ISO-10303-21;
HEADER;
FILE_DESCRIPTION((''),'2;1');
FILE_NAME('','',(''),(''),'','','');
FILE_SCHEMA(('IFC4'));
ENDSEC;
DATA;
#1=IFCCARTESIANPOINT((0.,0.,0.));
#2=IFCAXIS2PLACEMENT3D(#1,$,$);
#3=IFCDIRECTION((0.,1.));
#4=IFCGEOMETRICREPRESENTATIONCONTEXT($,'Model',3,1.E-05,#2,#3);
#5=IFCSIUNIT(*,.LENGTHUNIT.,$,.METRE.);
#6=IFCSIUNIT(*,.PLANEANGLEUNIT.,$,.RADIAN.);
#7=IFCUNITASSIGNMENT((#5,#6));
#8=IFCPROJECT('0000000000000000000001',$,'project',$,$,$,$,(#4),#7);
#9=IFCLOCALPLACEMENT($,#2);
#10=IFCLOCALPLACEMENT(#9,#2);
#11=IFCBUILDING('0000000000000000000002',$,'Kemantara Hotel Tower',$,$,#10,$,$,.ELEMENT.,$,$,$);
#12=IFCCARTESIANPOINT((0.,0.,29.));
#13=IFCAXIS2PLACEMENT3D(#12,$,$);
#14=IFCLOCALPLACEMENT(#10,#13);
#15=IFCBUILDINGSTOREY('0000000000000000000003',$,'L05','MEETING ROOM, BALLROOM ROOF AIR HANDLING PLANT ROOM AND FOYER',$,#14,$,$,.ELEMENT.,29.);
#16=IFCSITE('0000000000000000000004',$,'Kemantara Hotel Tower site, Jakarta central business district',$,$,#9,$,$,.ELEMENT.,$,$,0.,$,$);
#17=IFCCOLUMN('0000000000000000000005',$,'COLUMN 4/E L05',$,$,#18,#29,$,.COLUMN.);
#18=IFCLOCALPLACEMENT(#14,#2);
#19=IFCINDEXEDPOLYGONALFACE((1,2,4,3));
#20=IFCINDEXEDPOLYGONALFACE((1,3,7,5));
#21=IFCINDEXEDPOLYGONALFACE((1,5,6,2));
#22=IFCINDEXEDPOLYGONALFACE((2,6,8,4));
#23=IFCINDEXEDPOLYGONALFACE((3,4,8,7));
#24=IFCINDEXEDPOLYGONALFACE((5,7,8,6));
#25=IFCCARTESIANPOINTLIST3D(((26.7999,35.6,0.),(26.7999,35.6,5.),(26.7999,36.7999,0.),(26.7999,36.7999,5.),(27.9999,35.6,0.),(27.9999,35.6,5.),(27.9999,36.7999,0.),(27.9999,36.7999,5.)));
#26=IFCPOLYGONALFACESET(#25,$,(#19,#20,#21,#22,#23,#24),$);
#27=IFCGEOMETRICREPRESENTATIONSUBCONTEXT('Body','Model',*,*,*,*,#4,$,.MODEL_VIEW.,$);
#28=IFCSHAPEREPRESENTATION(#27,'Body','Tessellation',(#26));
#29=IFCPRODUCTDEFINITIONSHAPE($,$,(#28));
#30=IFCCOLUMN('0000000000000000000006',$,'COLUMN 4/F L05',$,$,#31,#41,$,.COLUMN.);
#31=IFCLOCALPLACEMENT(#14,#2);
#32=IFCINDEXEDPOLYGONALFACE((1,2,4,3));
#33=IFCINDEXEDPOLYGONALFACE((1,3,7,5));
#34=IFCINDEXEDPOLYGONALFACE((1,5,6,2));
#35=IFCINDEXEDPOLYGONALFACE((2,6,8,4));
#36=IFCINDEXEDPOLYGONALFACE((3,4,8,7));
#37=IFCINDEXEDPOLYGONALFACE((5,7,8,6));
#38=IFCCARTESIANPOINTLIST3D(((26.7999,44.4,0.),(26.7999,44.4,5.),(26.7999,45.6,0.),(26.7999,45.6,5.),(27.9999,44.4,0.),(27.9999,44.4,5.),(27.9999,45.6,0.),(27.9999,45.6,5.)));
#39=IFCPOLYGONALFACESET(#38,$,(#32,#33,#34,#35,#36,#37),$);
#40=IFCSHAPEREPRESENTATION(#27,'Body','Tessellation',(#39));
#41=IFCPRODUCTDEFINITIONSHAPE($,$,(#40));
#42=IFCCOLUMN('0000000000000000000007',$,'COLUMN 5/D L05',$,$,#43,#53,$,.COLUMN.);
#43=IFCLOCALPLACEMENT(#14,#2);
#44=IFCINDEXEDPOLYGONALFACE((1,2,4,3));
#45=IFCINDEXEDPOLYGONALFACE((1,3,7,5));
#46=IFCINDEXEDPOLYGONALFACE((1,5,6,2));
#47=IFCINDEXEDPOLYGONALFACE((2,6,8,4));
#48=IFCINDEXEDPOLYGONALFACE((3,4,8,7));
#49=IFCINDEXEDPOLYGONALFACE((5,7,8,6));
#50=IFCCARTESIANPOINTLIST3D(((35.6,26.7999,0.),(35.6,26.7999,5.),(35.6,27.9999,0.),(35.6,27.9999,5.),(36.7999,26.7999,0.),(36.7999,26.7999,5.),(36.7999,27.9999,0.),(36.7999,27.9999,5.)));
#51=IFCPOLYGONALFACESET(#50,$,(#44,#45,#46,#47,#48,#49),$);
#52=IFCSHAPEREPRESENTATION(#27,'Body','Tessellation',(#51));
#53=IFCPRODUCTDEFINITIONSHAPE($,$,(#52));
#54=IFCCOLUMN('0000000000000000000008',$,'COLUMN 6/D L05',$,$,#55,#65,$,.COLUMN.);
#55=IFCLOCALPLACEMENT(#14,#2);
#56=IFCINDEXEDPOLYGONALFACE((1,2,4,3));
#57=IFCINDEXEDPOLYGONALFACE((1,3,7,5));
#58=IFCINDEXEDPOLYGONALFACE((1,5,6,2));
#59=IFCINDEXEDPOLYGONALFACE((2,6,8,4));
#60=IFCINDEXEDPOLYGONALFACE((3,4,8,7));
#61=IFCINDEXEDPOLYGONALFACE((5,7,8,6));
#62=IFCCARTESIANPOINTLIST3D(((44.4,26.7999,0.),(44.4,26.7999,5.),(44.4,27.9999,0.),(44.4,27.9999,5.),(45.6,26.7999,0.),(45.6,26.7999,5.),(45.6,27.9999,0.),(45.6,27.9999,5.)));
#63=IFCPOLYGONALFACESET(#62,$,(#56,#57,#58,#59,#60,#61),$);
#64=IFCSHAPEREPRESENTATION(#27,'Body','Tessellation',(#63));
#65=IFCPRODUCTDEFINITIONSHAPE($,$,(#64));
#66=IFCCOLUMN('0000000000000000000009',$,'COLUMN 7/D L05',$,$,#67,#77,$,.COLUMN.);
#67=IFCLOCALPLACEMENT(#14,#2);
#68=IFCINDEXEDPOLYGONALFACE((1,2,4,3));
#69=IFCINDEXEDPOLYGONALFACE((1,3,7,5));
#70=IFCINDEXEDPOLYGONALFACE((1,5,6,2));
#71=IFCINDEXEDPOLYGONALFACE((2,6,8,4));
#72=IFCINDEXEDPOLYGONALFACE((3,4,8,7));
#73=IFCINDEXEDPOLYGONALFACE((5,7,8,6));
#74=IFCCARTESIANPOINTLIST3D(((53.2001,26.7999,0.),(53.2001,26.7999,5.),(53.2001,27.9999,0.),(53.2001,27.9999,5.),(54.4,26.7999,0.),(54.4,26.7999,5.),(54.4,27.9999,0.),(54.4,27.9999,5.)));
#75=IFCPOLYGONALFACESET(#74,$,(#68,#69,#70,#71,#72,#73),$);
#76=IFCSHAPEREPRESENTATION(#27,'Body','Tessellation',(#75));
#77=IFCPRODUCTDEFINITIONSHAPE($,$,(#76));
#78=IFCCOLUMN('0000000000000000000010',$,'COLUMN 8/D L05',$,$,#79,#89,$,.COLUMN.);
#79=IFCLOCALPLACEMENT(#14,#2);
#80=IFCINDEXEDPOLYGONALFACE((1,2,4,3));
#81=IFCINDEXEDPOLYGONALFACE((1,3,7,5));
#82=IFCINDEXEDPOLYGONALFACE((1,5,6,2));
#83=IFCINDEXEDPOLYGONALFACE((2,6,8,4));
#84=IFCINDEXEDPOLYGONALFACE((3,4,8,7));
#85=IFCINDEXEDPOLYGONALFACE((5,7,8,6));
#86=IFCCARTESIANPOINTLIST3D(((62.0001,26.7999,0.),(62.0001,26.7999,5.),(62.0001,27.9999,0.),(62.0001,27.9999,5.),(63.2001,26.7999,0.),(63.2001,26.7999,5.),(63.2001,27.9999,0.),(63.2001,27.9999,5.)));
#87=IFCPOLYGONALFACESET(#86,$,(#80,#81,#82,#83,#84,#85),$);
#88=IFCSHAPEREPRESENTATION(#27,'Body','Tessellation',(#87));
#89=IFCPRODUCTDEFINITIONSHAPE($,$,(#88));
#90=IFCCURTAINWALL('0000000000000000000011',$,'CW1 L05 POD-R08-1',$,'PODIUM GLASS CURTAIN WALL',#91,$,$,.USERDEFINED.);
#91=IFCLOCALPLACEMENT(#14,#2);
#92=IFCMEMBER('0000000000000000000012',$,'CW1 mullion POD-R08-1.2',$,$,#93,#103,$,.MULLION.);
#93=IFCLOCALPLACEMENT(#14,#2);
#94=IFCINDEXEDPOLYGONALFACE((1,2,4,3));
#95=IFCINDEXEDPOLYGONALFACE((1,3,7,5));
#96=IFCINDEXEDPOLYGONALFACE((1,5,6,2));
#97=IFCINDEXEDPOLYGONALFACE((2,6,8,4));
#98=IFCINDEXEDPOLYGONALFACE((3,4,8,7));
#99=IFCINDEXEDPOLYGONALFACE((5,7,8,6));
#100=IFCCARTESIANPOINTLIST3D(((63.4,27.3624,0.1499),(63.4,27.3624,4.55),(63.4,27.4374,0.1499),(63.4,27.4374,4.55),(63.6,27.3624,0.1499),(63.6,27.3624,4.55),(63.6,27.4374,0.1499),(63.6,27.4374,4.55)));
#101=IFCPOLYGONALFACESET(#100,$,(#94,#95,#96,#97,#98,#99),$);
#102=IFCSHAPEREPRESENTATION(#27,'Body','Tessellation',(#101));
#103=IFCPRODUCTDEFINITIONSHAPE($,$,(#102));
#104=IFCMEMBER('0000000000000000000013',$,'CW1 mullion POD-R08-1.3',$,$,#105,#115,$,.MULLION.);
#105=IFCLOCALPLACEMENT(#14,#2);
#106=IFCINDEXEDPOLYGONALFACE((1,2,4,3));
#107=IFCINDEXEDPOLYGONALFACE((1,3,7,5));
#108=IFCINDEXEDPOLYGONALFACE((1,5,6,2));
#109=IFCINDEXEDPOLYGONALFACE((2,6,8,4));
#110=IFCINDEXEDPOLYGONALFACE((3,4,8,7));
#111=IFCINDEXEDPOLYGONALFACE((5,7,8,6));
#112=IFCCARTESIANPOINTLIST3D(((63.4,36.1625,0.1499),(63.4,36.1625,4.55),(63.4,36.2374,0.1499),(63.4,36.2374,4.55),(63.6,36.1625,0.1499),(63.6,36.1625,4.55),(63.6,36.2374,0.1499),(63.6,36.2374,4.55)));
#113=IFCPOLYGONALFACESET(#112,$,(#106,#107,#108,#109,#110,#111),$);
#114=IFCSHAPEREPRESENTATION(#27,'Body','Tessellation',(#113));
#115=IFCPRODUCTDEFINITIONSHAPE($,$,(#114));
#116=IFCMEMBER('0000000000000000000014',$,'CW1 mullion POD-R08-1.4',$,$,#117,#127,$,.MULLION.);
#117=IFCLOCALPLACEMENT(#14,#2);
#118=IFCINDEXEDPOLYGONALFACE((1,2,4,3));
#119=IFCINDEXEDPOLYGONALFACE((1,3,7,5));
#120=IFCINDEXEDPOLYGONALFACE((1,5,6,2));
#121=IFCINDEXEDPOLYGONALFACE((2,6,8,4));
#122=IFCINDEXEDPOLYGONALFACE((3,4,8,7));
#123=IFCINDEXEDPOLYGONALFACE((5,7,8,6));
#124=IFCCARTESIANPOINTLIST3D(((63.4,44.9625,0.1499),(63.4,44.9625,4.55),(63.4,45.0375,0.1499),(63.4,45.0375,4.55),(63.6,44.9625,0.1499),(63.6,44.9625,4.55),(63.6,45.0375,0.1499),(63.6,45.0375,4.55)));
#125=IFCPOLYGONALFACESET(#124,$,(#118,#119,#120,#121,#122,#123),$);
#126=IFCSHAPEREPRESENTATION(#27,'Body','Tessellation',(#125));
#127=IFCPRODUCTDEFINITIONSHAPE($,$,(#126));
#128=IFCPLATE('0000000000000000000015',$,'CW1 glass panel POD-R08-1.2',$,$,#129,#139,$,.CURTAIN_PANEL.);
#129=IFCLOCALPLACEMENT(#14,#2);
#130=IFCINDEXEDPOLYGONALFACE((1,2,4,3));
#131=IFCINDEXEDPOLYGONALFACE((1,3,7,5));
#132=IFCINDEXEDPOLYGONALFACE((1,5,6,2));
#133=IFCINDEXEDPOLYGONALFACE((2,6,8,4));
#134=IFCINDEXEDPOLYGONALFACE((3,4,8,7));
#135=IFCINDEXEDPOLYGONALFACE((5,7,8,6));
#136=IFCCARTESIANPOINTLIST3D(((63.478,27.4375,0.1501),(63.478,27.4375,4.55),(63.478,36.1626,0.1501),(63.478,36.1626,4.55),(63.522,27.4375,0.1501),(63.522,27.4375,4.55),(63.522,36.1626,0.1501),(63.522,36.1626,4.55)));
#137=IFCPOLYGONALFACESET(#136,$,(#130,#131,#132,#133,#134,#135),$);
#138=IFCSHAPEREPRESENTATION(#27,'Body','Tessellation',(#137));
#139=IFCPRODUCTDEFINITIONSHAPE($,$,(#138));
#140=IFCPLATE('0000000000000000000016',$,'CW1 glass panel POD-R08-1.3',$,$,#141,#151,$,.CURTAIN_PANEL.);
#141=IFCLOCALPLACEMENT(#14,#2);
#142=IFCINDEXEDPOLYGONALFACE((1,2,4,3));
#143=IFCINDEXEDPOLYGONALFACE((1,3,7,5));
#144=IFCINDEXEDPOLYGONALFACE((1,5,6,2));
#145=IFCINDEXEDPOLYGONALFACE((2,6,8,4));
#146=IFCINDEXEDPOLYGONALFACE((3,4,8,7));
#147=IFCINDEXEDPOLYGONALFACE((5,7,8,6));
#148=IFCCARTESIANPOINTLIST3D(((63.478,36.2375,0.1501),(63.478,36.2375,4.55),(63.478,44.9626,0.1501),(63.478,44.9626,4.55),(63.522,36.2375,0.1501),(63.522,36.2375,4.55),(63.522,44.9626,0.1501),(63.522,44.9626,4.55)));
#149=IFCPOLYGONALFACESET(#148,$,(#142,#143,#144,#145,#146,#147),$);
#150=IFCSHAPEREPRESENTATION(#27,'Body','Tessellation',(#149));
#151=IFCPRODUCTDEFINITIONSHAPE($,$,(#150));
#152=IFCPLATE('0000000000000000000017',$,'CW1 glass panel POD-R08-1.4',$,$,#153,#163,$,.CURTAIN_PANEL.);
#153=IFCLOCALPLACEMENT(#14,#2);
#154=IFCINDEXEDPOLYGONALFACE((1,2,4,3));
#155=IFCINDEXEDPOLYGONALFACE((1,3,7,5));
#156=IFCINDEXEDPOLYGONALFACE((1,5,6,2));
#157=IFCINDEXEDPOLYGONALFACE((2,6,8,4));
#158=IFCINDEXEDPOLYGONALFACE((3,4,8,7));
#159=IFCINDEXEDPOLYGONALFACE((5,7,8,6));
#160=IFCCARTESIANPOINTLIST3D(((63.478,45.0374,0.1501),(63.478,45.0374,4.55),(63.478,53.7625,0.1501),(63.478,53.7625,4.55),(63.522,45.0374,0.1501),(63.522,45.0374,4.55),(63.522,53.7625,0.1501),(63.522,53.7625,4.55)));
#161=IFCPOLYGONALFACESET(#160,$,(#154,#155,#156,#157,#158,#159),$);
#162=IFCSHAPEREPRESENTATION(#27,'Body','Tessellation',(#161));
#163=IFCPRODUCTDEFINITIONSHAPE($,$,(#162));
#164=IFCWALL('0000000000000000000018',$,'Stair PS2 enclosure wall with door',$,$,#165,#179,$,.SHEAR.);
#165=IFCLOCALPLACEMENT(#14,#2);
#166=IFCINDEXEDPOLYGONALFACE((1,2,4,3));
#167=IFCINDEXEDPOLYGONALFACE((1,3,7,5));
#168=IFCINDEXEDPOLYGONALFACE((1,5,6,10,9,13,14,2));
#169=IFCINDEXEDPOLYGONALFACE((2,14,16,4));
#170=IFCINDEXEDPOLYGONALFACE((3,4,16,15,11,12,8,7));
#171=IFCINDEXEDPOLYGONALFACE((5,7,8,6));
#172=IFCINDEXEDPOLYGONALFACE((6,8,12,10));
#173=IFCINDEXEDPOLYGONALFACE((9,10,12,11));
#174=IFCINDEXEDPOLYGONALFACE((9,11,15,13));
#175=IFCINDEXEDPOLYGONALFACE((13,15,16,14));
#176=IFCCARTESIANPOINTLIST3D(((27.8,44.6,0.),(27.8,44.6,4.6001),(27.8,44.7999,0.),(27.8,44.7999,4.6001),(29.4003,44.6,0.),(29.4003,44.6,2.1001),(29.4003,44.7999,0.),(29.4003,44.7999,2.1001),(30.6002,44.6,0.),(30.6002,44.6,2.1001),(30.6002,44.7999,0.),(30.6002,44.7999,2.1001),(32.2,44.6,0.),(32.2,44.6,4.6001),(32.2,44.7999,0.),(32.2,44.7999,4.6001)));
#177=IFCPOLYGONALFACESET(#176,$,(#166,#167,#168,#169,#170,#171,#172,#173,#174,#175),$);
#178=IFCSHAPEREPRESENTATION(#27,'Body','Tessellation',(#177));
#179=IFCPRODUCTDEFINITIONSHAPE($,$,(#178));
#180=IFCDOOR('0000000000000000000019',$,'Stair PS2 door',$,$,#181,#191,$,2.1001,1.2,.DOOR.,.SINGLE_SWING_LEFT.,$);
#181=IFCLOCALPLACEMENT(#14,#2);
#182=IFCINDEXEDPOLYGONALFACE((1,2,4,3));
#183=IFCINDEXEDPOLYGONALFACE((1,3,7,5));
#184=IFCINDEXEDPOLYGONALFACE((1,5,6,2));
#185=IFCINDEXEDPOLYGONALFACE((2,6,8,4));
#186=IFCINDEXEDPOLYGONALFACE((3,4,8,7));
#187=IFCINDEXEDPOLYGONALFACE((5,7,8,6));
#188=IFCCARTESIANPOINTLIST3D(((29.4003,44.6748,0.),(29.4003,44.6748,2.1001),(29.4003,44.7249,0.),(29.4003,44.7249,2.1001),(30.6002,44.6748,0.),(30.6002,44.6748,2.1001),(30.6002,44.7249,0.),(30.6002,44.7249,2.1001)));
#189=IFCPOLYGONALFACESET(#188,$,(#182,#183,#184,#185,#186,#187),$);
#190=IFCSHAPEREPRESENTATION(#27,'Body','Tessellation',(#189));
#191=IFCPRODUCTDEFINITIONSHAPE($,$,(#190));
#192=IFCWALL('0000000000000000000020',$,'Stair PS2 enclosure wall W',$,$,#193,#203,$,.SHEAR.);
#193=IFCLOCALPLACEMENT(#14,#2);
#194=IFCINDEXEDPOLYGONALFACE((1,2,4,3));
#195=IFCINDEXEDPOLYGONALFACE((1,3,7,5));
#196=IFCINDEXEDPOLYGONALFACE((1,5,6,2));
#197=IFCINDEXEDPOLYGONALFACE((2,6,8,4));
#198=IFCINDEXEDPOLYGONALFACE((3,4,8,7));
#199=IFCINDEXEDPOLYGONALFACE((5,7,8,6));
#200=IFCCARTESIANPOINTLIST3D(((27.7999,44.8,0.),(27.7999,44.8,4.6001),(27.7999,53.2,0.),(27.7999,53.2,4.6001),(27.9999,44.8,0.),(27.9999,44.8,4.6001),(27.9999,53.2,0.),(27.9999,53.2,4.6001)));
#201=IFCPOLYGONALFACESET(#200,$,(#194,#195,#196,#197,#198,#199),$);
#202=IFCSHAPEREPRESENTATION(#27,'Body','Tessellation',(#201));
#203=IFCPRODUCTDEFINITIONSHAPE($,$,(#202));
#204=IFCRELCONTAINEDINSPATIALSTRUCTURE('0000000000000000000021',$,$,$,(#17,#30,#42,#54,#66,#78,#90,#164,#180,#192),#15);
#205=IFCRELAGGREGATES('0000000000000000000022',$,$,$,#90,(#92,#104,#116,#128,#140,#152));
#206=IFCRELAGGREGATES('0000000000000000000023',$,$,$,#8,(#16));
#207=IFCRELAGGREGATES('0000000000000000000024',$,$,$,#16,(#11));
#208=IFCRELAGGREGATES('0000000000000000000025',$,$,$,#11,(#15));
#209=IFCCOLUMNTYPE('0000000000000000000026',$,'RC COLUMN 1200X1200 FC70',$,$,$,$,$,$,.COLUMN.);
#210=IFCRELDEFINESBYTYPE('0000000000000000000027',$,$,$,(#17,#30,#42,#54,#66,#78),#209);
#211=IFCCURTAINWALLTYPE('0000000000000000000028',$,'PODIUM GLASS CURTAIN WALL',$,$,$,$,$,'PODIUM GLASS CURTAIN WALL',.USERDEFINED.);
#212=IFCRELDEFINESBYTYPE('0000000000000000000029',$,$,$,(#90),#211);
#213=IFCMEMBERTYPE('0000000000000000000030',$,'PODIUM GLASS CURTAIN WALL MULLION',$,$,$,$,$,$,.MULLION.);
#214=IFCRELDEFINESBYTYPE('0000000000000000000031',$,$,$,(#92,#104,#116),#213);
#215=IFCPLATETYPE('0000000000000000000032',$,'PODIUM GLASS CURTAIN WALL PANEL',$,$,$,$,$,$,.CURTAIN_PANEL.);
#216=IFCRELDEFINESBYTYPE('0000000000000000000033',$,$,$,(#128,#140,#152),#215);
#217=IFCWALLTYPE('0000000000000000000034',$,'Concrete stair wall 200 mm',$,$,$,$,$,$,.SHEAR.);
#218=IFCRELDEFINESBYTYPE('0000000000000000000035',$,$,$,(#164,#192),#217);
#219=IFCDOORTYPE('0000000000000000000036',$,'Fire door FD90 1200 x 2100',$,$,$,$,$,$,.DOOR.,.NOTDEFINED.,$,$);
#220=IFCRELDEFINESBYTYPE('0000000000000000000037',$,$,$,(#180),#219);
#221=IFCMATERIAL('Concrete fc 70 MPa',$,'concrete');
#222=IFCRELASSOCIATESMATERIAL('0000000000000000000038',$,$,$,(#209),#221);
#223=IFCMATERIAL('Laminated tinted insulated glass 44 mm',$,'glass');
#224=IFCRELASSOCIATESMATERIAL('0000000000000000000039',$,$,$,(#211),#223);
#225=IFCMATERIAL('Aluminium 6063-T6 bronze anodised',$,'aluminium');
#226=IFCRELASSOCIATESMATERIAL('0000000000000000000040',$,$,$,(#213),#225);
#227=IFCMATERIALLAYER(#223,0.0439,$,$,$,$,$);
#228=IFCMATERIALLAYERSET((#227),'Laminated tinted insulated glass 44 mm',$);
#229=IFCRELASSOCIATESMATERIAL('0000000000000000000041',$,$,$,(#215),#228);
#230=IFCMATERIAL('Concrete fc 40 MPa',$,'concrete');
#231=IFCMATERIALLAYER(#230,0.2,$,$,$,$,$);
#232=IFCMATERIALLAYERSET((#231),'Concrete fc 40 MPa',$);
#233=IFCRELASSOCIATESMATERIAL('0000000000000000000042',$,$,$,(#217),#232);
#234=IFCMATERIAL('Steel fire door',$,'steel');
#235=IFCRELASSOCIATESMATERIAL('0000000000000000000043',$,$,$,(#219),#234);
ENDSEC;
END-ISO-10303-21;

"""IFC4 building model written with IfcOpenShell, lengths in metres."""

from ifc_helpers import new_model, si_unit, direction, frame, frame_2d, origin, origin_2d, place, context, subcontext, project, spatial, rectangle, extrude, source, transform, mapped, material, layer, layer_set, material_profile, profile_set, type_object, element, fill, aggregate, save


model = new_model("IFC4")

# Units and contexts
model_context = context("Model", 3, precision=1e-05, world=origin(), true_north=direction((0.0, 1.0)))
body_context = subcontext(model_context, "Body", "Model", "MODEL_VIEW")
ifc_project = project(units=[si_unit("LENGTHUNIT", "METRE"), si_unit("PLANEANGLEUNIT", "RADIAN")], contexts=[model_context])

# Site, building, storey
site_placement = place(None, origin())
site = spatial("IfcSite", under=ifc_project, at=site_placement, Name="Kemantara Hotel Tower site, Jakarta central business district", CompositionType="ELEMENT", RefElevation=0.0)
building_placement = place(site_placement, origin())
building = spatial("IfcBuilding", under=site, at=building_placement, Name="Kemantara Hotel Tower", CompositionType="ELEMENT")
storey_placement = place(building_placement, frame((0.0, 0.0, 29.0)))
storey = spatial("IfcBuildingStorey", under=building, at=storey_placement, Name="L05", Description="MEETING ROOM, BALLROOM ROOF AIR HANDLING PLANT ROOM AND FOYER", CompositionType="ELEMENT", Elevation=29.0)

# Columns
ifc_material_1 = material(Name="Concrete fc 70 MPa", Category="concrete")
ifc_material_profile_1 = material_profile(ifc_material_1, rectangle(XDim=1.2, YDim=1.2, at=origin_2d()), Name="RC 1200X1200")
ifc_profile_set_1 = profile_set([ifc_material_profile_1], Name="Concrete fc 70 MPa")
column_type = type_object("IfcColumnType", Name="RC COLUMN 1200X1200 FC70", PredefinedType="COLUMN", material=ifc_profile_set_1)
for number, where, z_axis, x_axis, name in (
    (1, (27.3999, 36.2, 0.0), (0.0, 0.0, 1.0), (1.0, 0.0, 0.0), "COLUMN 4/E L05"),
    (2, (27.3999, 45.0, 0.0), (0.0, 0.0, 1.0), (1.0, 0.0, 0.0), "COLUMN 4/F L05"),
    (3, (36.2, 27.3999, 0.0), (0.0, 0.0, 1.0), (1.0, 0.0, 0.0), "COLUMN 5/D L05"),
    (4, (45.0, 27.3999, 0.0), (0.0, 0.0, 1.0), (1.0, 0.0, 0.0), "COLUMN 6/D L05"),
    (5, (53.8, 27.3999, 0.0), (0.0, 0.0, 1.0), (1.0, 0.0, 0.0), "COLUMN 7/D L05"),
    (6, (62.6001, 27.3999, 0.0), (0.0, 0.0, 1.0), (1.0, 0.0, 0.0), "COLUMN 8/D L05"),
):
    element("IfcColumn", number, at=place(storey_placement, frame(where, z_axis=z_axis, x_axis=x_axis)), inside=storey, type_object=column_type, Name=name, PredefinedType="COLUMN", context=body_context, shape_type="SweptSolid", body=[
        extrude(rectangle(XDim=1.2, YDim=1.2, at=origin_2d()), origin(), (0.0, 0.0, 1.0), 5.0),
    ])

# Curtain wall, members, plates
ifc_material_2 = material(Name="Laminated tinted insulated glass 44 mm", Category="glass")
curtain_wall_type = type_object("IfcCurtainWallType", Name="PODIUM GLASS CURTAIN WALL", ElementType="PODIUM GLASS CURTAIN WALL", PredefinedType="USERDEFINED", material=ifc_material_2)
curtain_wall_placement = place(storey_placement, origin())
curtain_wall = element("IfcCurtainWall", 7, at=curtain_wall_placement, inside=storey, type_object=curtain_wall_type, Name="CW1 L05 POD-R08-1", ObjectType="PODIUM GLASS CURTAIN WALL", PredefinedType="USERDEFINED")
ifc_material_3 = material(Name="Aluminium 6063-T6 bronze anodised", Category="aluminium")
ifc_material_profile_2 = material_profile(ifc_material_3, rectangle(XDim=0.2, YDim=0.075, at=origin_2d()), Name="PODIUM GLASS CURTAIN WALL MULLION")
ifc_profile_set_2 = profile_set([ifc_material_profile_2], Name="Aluminium 6063-T6 bronze anodised")
member_type = type_object("IfcMemberType", Name="PODIUM GLASS CURTAIN WALL MULLION", PredefinedType="MULLION", material=ifc_profile_set_2)
shared_shape_1 = source(origin(), body_context, "Body", "SweptSolid", [
    extrude(rectangle(XDim=0.2, YDim=0.075, at=origin_2d()), origin(), (0.0, 0.0, 1.0), 4.4001),
])
member_1_placement = place(storey_placement, frame((63.5, 27.3999, 0.1499), z_axis=(0.0, 0.0, 1.0), x_axis=(-1.0, 0.0, 0.0)))
member_1 = element("IfcMember", 8, at=member_1_placement, type_object=member_type, Name="CW1 mullion POD-R08-1.2", PredefinedType="MULLION", context=body_context, shape_type="MappedRepresentation", body=[
    mapped(shared_shape_1, transform((0.0, 0.0, 0.0))),
])
member_2_placement = place(storey_placement, frame((63.5, 36.2, 0.1499), z_axis=(0.0, 0.0, 1.0), x_axis=(-1.0, 0.0, 0.0)))
member_2 = element("IfcMember", 9, at=member_2_placement, type_object=member_type, Name="CW1 mullion POD-R08-1.3", PredefinedType="MULLION", context=body_context, shape_type="MappedRepresentation", body=[
    mapped(shared_shape_1, transform((0.0, 0.0, 0.0))),
])
member_3_placement = place(storey_placement, frame((63.5, 45.0, 0.1499), z_axis=(0.0, 0.0, 1.0), x_axis=(-1.0, 0.0, 0.0)))
member_3 = element("IfcMember", 10, at=member_3_placement, type_object=member_type, Name="CW1 mullion POD-R08-1.4", PredefinedType="MULLION", context=body_context, shape_type="MappedRepresentation", body=[
    mapped(shared_shape_1, transform((0.0, 0.0, 0.0))),
])
ifc_layer_1 = layer(ifc_material_2, 0.0439)
ifc_layer_set_1 = layer_set([ifc_layer_1], Name="Laminated tinted insulated glass 44 mm")
plate_type = type_object("IfcPlateType", Name="PODIUM GLASS CURTAIN WALL PANEL", PredefinedType="CURTAIN_PANEL", material=ifc_layer_set_1)
shared_shape_2 = source(origin(), body_context, "Body", "SweptSolid", [
    extrude(rectangle(XDim=8.7251, YDim=0.0439, at=origin_2d()), origin(), (0.0, 0.0, 1.0), 4.3999),
])
plate_1_placement = place(storey_placement, frame((63.5, 31.8, 0.1501), z_axis=(0.0, 0.0, 1.0), x_axis=(0.0, 1.0, 0.0)))
plate_1 = element("IfcPlate", 11, at=plate_1_placement, type_object=plate_type, Name="CW1 glass panel POD-R08-1.2", PredefinedType="CURTAIN_PANEL", context=body_context, shape_type="MappedRepresentation", body=[
    mapped(shared_shape_2, transform((0.0, 0.0, 0.0))),
])
plate_2_placement = place(storey_placement, frame((63.5, 40.6001, 0.1501), z_axis=(0.0, 0.0, 1.0), x_axis=(0.0, 1.0, 0.0)))
plate_2 = element("IfcPlate", 12, at=plate_2_placement, type_object=plate_type, Name="CW1 glass panel POD-R08-1.3", PredefinedType="CURTAIN_PANEL", context=body_context, shape_type="MappedRepresentation", body=[
    mapped(shared_shape_2, transform((0.0, 0.0, 0.0))),
])
plate_3_placement = place(storey_placement, frame((63.5, 49.3999, 0.1501), z_axis=(0.0, 0.0, 1.0), x_axis=(0.0, 1.0, 0.0)))
plate_3 = element("IfcPlate", 13, at=plate_3_placement, type_object=plate_type, Name="CW1 glass panel POD-R08-1.4", PredefinedType="CURTAIN_PANEL", context=body_context, shape_type="MappedRepresentation", body=[
    mapped(shared_shape_2, transform((0.0, 0.0, 0.0))),
])
aggregate(curtain_wall, [member_1, member_2, member_3, plate_1, plate_2, plate_3])

# Wall, opening, door
ifc_material_4 = material(Name="Concrete fc 40 MPa", Category="concrete")
ifc_layer_2 = layer(ifc_material_4, 0.2)
ifc_layer_set_2 = layer_set([ifc_layer_2], Name="Concrete fc 40 MPa")
wall_type_1 = type_object("IfcWallType", Name="Concrete stair wall 200 mm", PredefinedType="SHEAR", material=ifc_layer_set_2)
wall_1_placement = place(storey_placement, frame((27.8, 44.7, 0.0), z_axis=(0.0, 0.0, 1.0), x_axis=(1.0, 0.0, 0.0)))
wall_1 = element("IfcWall", 14, at=wall_1_placement, inside=storey, type_object=wall_type_1, Name="Stair PS2 enclosure wall with door", PredefinedType="SHEAR", context=body_context, shape_type="SweptSolid", body=[
    extrude(rectangle(XDim=4.3999, YDim=0.2, at=frame_2d((2.2, 0.0))), origin(), (0.0, 0.0, 1.0), 4.6001),
])
opening_1_placement = place(wall_1_placement, frame((1.6001, 0.0, 0.0)))
opening_1 = element("IfcOpeningElement", 15, at=opening_1_placement, cuts=wall_1, PredefinedType="OPENING", context=body_context, shape_type="SweptSolid", body=[
    extrude(rectangle(XDim=1.2, YDim=2.1001, at=frame_2d((0.6001, 1.05))), frame((0.0, 0.1099, 0.0), z_axis=(0.0, -1.0, 0.0), x_axis=(1.0, 0.0, 0.0)), (0.0, 0.0, 1.0), 0.22),
])
ifc_material_5 = material(Name="Steel fire door", Category="steel")
door_type_1 = type_object("IfcDoorType", Name="Fire door FD90 1200 x 2100", OperationType="NOTDEFINED", PredefinedType="DOOR", material=ifc_material_5)
door_1_placement = place(opening_1_placement, origin())
door_1 = element("IfcDoor", 16, at=door_1_placement, inside=storey, type_object=door_type_1, Name="Stair PS2 door", OperationType="SINGLE_SWING_LEFT", OverallHeight=2.1001, OverallWidth=1.2, PredefinedType="DOOR", context=body_context, shape_type="SweptSolid", body=[
    extrude(rectangle(XDim=1.2, YDim=2.1001, at=frame_2d((0.6001, 1.05))), frame((0.0, 0.0249, 0.0), z_axis=(0.0, -1.0, 0.0), x_axis=(1.0, 0.0, 0.0)), (0.0, 0.0, 1.0), 0.05),
])
fill(opening_1, door_1)

# Wall
for number, where, z_axis, x_axis, name in (
    (17, (27.8999, 44.8, 0.0), (0.0, 0.0, 1.0), (0.0, 1.0, 0.0), "Stair PS2 enclosure wall W"),
):
    element("IfcWall", number, at=place(storey_placement, frame(where, z_axis=z_axis, x_axis=x_axis)), inside=storey, type_object=wall_type_1, Name=name, PredefinedType="SHEAR", context=body_context, shape_type="SweptSolid", body=[
        extrude(rectangle(XDim=8.3999, YDim=0.2, at=frame_2d((4.2, 0.0))), origin(), (0.0, 0.0, 1.0), 4.6001),
    ])

save(model, "model.ifc")
